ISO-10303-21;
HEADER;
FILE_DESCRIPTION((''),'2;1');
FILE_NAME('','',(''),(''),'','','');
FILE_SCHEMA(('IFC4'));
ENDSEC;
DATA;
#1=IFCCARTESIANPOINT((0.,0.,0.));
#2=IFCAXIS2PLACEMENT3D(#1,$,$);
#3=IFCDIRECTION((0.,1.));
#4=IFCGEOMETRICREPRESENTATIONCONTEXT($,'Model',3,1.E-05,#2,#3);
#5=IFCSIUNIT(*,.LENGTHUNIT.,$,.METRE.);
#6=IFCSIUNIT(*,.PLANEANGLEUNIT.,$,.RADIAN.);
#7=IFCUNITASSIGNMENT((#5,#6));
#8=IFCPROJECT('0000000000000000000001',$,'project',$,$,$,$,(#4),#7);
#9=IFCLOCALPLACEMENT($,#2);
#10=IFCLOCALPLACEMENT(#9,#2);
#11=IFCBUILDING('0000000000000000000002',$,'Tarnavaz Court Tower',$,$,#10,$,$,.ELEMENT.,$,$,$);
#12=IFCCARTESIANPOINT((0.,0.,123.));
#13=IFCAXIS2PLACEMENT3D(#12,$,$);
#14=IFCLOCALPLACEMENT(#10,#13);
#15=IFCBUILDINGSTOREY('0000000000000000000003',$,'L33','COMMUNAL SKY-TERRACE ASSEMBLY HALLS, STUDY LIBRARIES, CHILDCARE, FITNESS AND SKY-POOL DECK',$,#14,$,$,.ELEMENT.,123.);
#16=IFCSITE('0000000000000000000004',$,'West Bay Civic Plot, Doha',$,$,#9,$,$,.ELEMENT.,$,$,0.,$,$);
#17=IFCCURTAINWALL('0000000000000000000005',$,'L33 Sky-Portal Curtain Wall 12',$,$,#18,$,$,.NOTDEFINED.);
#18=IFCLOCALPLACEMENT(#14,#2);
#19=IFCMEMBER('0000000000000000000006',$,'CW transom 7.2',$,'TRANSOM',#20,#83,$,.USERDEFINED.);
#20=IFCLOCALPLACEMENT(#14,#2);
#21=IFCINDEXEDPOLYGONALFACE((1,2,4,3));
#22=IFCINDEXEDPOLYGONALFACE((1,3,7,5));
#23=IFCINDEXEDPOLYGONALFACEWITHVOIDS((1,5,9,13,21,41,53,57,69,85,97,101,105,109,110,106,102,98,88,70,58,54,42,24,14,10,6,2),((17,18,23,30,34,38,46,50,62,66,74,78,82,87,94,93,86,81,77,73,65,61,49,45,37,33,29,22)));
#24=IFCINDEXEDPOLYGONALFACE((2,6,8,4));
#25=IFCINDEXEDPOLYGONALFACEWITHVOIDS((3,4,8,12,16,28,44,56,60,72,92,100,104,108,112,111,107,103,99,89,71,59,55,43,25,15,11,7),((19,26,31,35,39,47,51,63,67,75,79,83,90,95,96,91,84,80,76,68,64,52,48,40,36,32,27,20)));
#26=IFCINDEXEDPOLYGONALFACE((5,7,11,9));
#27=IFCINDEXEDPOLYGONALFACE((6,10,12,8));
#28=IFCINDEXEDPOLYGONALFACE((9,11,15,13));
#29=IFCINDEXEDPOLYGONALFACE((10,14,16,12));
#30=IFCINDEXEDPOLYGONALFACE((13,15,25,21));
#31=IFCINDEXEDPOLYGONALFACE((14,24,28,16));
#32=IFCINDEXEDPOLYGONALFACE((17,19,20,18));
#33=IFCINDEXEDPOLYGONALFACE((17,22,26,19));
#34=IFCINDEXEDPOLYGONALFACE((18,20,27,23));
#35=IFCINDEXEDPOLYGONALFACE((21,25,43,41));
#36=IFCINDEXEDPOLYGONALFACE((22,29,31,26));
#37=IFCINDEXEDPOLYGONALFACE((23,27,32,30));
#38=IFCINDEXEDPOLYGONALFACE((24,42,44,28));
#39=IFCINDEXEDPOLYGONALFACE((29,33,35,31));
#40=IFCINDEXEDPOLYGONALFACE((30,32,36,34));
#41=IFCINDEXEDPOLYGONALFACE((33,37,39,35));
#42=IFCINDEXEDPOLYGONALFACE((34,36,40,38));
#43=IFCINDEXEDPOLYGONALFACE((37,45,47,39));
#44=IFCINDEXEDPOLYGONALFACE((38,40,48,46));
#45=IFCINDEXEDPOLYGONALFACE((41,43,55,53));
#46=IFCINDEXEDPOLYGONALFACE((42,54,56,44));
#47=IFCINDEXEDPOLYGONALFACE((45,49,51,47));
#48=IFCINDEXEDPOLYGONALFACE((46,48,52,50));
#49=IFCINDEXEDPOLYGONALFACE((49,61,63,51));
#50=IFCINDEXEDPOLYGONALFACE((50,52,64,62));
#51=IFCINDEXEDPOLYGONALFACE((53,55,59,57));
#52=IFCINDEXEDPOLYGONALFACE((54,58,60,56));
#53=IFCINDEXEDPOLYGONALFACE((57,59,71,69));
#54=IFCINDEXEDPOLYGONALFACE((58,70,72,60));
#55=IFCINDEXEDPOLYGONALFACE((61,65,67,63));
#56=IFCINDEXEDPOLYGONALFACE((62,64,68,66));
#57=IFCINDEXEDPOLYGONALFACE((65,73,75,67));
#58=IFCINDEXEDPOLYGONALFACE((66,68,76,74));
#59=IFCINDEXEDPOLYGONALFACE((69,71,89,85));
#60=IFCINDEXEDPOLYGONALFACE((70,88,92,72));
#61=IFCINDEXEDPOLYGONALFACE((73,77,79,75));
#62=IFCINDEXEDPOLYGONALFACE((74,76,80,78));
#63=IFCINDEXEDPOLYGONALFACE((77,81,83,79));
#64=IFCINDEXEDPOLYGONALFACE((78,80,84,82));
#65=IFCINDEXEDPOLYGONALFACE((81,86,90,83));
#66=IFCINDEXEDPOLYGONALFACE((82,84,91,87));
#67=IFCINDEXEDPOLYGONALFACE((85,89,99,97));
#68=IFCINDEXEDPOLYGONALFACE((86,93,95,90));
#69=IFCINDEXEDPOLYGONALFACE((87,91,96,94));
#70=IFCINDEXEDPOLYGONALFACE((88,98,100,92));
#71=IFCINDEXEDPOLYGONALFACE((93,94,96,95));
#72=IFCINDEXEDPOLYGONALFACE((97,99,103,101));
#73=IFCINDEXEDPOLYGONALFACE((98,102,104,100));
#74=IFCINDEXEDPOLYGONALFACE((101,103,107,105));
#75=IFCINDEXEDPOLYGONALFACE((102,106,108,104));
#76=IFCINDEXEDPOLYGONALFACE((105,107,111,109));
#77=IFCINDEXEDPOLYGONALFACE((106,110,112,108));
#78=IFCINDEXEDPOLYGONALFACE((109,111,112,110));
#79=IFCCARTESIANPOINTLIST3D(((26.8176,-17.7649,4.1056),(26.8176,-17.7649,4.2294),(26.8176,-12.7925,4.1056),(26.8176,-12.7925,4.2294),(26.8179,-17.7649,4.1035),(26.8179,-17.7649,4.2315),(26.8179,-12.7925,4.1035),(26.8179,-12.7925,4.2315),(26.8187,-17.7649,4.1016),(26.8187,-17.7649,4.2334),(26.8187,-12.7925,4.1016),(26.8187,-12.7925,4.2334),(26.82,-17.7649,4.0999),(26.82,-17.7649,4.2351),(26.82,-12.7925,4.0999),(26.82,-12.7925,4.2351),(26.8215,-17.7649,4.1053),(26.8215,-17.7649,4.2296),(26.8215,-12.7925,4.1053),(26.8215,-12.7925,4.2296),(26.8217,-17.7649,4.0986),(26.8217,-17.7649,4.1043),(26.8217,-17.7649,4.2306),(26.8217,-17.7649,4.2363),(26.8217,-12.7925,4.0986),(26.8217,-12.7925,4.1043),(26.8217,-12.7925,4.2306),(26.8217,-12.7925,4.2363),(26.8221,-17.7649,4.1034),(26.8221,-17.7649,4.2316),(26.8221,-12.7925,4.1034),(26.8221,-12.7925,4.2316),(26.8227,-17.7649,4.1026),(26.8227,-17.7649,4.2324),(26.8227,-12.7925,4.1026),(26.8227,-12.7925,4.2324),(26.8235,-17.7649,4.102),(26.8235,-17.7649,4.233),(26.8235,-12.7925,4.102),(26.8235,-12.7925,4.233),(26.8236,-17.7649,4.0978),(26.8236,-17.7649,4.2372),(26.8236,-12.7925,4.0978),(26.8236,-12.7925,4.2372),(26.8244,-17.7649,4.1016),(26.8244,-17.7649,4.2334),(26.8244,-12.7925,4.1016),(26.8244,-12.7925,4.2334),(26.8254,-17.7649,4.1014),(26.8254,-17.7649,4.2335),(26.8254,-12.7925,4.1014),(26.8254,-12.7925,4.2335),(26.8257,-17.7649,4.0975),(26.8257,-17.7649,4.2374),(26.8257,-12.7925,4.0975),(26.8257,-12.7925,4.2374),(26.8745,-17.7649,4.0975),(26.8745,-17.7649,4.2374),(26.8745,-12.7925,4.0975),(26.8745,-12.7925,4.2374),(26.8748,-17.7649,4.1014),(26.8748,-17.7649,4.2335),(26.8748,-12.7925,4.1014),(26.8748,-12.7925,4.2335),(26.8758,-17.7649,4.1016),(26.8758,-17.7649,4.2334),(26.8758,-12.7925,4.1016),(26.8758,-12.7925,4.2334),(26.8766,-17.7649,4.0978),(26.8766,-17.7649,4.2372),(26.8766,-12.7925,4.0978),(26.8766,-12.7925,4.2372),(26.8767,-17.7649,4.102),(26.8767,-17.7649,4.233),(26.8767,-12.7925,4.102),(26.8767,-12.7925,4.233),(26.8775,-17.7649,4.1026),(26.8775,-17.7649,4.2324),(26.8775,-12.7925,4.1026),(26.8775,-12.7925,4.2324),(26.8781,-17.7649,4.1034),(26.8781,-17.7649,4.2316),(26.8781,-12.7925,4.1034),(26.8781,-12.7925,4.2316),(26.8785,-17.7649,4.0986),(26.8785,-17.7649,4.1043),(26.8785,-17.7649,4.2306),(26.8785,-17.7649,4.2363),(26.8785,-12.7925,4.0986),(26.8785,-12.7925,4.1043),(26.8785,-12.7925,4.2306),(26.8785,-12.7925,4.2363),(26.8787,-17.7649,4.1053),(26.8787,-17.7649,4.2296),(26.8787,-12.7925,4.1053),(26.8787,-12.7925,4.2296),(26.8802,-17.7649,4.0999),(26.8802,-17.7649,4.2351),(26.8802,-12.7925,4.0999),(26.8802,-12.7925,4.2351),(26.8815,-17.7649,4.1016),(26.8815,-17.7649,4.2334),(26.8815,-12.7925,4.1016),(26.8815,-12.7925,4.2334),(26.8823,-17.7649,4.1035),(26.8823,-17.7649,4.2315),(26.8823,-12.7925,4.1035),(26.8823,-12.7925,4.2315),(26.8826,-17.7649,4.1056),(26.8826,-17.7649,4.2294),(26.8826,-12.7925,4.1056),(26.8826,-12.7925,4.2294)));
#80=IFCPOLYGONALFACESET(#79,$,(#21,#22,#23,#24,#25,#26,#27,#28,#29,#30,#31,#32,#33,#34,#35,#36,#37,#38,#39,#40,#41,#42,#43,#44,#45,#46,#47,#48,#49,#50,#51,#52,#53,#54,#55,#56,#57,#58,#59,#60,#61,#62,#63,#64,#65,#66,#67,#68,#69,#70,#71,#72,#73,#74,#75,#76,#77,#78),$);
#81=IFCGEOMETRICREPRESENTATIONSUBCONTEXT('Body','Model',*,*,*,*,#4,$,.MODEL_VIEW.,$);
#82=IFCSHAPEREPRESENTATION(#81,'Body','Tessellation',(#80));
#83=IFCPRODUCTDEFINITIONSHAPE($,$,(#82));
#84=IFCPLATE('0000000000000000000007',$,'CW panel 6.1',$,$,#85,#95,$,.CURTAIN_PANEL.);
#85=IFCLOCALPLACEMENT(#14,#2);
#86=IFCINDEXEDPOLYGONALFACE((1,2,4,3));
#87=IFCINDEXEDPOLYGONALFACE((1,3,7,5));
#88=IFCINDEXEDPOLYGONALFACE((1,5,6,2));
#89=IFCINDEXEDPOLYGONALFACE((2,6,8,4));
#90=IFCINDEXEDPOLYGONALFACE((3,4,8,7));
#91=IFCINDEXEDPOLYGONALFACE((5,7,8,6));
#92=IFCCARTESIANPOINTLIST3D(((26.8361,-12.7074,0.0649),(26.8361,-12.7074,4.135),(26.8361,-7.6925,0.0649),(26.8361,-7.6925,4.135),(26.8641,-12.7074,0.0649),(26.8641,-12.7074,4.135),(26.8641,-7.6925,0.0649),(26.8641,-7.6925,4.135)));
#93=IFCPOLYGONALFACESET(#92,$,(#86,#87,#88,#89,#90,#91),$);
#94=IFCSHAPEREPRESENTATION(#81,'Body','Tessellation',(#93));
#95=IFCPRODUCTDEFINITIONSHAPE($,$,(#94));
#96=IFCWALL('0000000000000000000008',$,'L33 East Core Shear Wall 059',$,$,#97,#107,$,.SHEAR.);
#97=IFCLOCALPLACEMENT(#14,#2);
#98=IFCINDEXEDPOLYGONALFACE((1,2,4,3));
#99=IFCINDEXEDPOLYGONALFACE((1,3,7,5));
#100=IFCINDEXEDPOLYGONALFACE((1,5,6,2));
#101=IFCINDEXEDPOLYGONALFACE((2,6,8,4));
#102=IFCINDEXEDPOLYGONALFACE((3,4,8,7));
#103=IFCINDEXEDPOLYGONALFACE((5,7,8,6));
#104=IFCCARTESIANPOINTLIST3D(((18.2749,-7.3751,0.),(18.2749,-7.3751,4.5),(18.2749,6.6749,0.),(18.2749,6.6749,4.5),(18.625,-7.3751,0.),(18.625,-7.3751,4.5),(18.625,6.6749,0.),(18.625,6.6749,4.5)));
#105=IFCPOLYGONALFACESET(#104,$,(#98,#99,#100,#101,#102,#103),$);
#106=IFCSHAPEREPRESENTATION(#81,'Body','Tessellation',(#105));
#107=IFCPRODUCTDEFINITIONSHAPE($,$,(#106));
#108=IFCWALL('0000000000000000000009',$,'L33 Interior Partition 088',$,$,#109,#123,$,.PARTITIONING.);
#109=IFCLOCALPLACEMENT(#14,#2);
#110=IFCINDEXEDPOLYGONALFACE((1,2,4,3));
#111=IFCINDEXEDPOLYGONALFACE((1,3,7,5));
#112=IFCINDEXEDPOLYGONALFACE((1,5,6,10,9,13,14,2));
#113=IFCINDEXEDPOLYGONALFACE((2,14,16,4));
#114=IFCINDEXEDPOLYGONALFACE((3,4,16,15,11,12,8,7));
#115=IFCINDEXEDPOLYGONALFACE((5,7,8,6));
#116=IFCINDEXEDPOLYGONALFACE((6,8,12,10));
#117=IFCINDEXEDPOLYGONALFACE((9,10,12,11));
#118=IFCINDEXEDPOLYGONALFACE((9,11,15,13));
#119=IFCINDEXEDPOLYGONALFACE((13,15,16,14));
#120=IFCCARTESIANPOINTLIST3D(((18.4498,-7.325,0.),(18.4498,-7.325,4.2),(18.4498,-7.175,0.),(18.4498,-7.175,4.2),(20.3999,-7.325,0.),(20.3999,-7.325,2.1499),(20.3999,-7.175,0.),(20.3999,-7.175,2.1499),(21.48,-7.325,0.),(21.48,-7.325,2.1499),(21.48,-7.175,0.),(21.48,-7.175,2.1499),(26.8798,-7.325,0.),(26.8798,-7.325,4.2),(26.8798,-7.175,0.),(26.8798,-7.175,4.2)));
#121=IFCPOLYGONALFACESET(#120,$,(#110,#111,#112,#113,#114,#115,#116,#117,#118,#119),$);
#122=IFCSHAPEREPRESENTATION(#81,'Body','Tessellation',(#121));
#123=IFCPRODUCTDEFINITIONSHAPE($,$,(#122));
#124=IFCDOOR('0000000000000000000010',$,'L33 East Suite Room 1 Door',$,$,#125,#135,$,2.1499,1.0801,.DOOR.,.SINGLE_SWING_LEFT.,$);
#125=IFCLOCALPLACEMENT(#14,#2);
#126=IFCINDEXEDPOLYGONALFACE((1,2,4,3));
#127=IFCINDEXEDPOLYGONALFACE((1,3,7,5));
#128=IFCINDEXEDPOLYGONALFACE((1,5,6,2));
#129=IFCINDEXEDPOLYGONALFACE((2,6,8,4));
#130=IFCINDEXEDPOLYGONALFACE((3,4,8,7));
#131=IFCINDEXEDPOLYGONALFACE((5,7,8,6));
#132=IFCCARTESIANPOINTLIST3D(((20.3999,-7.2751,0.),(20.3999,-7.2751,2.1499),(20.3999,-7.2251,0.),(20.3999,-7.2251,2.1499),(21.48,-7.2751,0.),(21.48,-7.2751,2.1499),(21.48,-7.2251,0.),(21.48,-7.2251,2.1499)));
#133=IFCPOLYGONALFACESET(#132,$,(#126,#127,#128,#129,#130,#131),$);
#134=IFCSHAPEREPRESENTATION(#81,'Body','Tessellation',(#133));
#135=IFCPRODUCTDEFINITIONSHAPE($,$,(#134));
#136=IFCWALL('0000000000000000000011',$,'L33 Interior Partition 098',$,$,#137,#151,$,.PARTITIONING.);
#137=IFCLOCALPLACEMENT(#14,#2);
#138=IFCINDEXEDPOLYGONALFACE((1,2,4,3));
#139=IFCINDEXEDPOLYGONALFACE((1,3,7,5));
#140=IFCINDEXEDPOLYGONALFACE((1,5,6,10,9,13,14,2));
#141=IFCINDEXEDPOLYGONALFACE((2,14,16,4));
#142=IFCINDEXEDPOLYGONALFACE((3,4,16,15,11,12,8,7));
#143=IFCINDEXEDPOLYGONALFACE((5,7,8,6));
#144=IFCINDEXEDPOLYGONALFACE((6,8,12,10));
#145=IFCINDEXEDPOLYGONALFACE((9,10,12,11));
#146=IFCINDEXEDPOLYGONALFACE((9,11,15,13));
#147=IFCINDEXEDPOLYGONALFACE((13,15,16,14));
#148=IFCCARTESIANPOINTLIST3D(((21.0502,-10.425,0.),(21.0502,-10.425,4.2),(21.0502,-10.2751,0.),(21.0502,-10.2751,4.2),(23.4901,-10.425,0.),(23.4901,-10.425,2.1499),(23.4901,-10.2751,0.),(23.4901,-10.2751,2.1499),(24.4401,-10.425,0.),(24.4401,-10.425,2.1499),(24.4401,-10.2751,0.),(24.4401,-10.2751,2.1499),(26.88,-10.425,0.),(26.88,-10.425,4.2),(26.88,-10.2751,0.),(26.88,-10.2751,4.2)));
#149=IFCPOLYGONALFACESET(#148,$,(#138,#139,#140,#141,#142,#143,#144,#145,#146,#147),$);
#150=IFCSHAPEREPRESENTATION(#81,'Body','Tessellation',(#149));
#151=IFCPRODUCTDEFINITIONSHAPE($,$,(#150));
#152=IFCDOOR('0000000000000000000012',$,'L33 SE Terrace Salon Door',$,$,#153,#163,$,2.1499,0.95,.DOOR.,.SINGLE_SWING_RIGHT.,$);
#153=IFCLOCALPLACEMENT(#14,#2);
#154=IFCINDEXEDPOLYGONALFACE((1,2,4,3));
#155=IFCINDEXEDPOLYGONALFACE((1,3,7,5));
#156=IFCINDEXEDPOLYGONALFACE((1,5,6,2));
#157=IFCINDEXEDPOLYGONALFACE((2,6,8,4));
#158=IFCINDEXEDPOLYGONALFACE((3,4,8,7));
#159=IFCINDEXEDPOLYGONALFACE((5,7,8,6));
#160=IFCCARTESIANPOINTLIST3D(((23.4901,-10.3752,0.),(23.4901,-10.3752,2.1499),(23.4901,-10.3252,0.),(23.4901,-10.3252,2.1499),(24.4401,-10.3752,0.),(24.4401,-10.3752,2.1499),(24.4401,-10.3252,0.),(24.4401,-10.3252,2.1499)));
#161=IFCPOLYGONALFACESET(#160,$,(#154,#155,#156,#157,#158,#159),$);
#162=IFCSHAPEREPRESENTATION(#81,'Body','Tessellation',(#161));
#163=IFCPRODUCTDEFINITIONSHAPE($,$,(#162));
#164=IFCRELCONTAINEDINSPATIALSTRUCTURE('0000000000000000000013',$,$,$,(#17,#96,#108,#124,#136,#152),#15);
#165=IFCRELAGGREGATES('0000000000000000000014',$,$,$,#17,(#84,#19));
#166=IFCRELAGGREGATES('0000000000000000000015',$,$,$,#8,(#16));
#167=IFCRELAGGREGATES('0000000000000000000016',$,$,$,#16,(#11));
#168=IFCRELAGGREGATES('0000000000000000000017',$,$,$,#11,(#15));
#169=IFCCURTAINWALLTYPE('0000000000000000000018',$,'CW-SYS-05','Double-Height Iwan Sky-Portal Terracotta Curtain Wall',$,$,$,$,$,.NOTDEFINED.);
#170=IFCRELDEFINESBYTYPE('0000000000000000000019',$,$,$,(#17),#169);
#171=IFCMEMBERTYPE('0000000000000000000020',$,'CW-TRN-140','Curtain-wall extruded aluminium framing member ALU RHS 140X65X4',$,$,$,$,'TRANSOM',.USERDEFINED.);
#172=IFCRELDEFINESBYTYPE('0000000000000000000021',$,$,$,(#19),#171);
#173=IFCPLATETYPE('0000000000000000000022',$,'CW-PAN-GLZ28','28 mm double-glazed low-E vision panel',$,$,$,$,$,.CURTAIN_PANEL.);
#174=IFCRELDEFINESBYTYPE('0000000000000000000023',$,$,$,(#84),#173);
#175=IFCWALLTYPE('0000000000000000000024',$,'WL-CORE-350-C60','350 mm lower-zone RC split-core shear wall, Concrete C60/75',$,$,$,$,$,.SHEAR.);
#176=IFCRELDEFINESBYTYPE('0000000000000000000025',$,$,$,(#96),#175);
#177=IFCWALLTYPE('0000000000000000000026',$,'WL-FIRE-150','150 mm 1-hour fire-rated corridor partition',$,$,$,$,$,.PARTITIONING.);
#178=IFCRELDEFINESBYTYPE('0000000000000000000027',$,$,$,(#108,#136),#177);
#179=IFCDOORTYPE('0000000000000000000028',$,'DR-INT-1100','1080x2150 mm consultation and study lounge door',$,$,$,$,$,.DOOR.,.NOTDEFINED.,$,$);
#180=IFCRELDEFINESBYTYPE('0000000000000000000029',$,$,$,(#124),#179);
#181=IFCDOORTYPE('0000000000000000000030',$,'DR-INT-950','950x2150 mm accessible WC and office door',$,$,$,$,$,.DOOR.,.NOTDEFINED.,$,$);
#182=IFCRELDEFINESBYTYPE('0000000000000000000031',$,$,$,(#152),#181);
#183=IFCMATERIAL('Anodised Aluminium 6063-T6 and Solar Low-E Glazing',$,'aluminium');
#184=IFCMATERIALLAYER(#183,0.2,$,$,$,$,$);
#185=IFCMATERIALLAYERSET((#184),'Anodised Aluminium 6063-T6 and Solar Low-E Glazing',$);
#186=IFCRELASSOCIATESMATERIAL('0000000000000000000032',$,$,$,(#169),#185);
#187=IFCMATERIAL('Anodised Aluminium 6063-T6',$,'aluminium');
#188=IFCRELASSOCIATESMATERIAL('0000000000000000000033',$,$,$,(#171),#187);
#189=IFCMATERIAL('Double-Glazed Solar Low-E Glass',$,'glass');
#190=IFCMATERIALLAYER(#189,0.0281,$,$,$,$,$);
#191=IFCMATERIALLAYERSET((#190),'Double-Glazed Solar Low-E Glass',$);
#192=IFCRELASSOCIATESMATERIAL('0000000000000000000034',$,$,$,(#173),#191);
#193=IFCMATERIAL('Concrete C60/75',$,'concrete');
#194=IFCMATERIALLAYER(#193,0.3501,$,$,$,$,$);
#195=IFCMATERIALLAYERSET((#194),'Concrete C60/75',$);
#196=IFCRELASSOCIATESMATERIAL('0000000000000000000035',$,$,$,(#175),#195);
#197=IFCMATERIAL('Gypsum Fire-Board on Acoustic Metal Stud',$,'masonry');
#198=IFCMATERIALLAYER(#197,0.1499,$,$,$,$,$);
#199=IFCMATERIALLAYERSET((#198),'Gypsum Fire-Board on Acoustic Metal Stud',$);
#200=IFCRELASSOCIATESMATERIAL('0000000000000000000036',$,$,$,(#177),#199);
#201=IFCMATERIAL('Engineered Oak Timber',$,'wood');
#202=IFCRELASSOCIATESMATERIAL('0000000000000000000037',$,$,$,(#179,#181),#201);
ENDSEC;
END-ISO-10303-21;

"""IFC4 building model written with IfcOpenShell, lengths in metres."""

from ifc_helpers import new_model, si_unit, direction, frame, frame_2d, origin, origin_2d, place, context, subcontext, project, spatial, rectangle, hollow_rectangle, extrude, material, layer, layer_set, material_profile, profile_set, type_object, element, fill, aggregate, save


model = new_model("IFC4")

# Units and contexts
model_context = context("Model", 3, precision=1e-05, world=origin(), true_north=direction((0.0, 1.0)))
body_context = subcontext(model_context, "Body", "Model", "MODEL_VIEW")
ifc_project = project(units=[si_unit("LENGTHUNIT", "METRE"), si_unit("PLANEANGLEUNIT", "RADIAN")], contexts=[model_context])

# Site, building, storey
site_placement = place(None, origin())
site = spatial("IfcSite", under=ifc_project, at=site_placement, Name="West Bay Civic Plot, Doha", CompositionType="ELEMENT", RefElevation=0.0)
building_placement = place(site_placement, origin())
building = spatial("IfcBuilding", under=site, at=building_placement, Name="Tarnavaz Court Tower", CompositionType="ELEMENT")
storey_placement = place(building_placement, frame((0.0, 0.0, 123.0)))
storey = spatial("IfcBuildingStorey", under=building, at=storey_placement, Name="L33", Description="COMMUNAL SKY-TERRACE ASSEMBLY HALLS, STUDY LIBRARIES, CHILDCARE, FITNESS AND SKY-POOL DECK", CompositionType="ELEMENT", Elevation=123.0)

# Curtain wall, member, plate
ifc_material_1 = material(Name="Anodised Aluminium 6063-T6 and Solar Low-E Glazing", Category="aluminium")
ifc_layer_1 = layer(ifc_material_1, 0.2)
ifc_layer_set_1 = layer_set([ifc_layer_1], Name="Anodised Aluminium 6063-T6 and Solar Low-E Glazing")
curtain_wall_type = type_object("IfcCurtainWallType", Name="CW-SYS-05", Description="Double-Height Iwan Sky-Portal Terracotta Curtain Wall", PredefinedType="NOTDEFINED", material=ifc_layer_set_1)
curtain_wall_placement = place(storey_placement, origin())
curtain_wall = element("IfcCurtainWall", 1, at=curtain_wall_placement, inside=storey, type_object=curtain_wall_type, Name="L33 Sky-Portal Curtain Wall 12", PredefinedType="NOTDEFINED")
ifc_material_2 = material(Name="Anodised Aluminium 6063-T6", Category="aluminium")
ifc_material_profile_1 = material_profile(ifc_material_2, hollow_rectangle(XDim=0.0649, YDim=0.1399, WallThickness=0.0039, InnerFilletRadius=0.0039, OuterFilletRadius=0.0081, at=origin_2d()), Name="ALU RHS 140X65X4")
ifc_profile_set_1 = profile_set([ifc_material_profile_1], Name="Anodised Aluminium 6063-T6")
member_type_1 = type_object("IfcMemberType", Name="CW-TRN-140", Description="Curtain-wall extruded aluminium framing member ALU RHS 140X65X4", ElementType="TRANSOM", PredefinedType="USERDEFINED", material=ifc_profile_set_1)
member_1_placement = place(storey_placement, frame((26.8501, -12.7925, 4.1675), z_axis=(0.0, -1.0, 0.0), x_axis=(1.0, 0.0, 0.0)))
member_1 = element("IfcMember", 2, at=member_1_placement, type_object=member_type_1, Name="CW transom 7.2", ObjectType="TRANSOM", PredefinedType="USERDEFINED", context=body_context, shape_type="SweptSolid", body=[
    extrude(hollow_rectangle(XDim=0.0649, YDim=0.1399, WallThickness=0.0039, InnerFilletRadius=0.0039, OuterFilletRadius=0.0081, at=origin_2d()), origin(), (0.0, 0.0, 1.0), 4.9724),
])
ifc_material_3 = material(Name="Double-Glazed Solar Low-E Glass", Category="glass")
ifc_layer_2 = layer(ifc_material_3, 0.0281)
ifc_layer_set_2 = layer_set([ifc_layer_2], Name="Double-Glazed Solar Low-E Glass")
plate_type = type_object("IfcPlateType", Name="CW-PAN-GLZ28", Description="28 mm double-glazed low-E vision panel", PredefinedType="CURTAIN_PANEL", material=ifc_layer_set_2)
plate_placement = place(storey_placement, frame((26.8501, -10.2, 0.0649), z_axis=(0.0, 0.0, 1.0), x_axis=(0.0, -1.0, 0.0)))
plate = element("IfcPlate", 3, at=plate_placement, type_object=plate_type, Name="CW panel 6.1", PredefinedType="CURTAIN_PANEL", context=body_context, shape_type="SweptSolid", body=[
    extrude(rectangle(XDim=5.0149, YDim=0.0281, at=origin_2d()), origin(), (0.0, 0.0, 1.0), 4.0701),
])
aggregate(curtain_wall, [plate, member_1])

# Wall
ifc_material_4 = material(Name="Concrete C60/75", Category="concrete")
ifc_layer_3 = layer(ifc_material_4, 0.3501)
ifc_layer_set_3 = layer_set([ifc_layer_3], Name="Concrete C60/75")
wall_type_1 = type_object("IfcWallType", Name="WL-CORE-350-C60", Description="350 mm lower-zone RC split-core shear wall, Concrete C60/75", PredefinedType="SHEAR", material=ifc_layer_set_3)
wall_1_placement = place(storey_placement, frame((18.45, -7.375, 0.0), z_axis=(0.0, 0.0, 1.0), x_axis=(0.0, 1.0, 0.0)))
element("IfcWall", 4, at=wall_1_placement, inside=storey, type_object=wall_type_1, Name="L33 East Core Shear Wall 059", PredefinedType="SHEAR", context=body_context, shape_type="SweptSolid", body=[
    extrude(rectangle(XDim=14.05, YDim=0.3501, at=frame_2d((7.0249, 0.0))), origin(), (0.0, 0.0, 1.0), 4.5),
])

# Walls, openings, doors
ifc_material_5 = material(Name="Gypsum Fire-Board on Acoustic Metal Stud", Category="masonry")
ifc_layer_4 = layer(ifc_material_5, 0.1499)
ifc_layer_set_4 = layer_set([ifc_layer_4], Name="Gypsum Fire-Board on Acoustic Metal Stud")
wall_type_2 = type_object("IfcWallType", Name="WL-FIRE-150", Description="150 mm 1-hour fire-rated corridor partition", PredefinedType="PARTITIONING", material=ifc_layer_set_4)
wall_2_placement = place(storey_placement, frame((18.45, -7.25, 0.0), z_axis=(0.0, 0.0, 1.0), x_axis=(1.0, 0.0, 0.0)))
wall_2 = element("IfcWall", 5, at=wall_2_placement, inside=storey, type_object=wall_type_2, Name="L33 Interior Partition 088", PredefinedType="PARTITIONING", context=body_context, shape_type="SweptSolid", body=[
    extrude(rectangle(XDim=8.4299, YDim=0.1499, at=frame_2d((4.2148, 0.0))), origin(), (0.0, 0.0, 1.0), 4.2),
])
opening_1_placement = place(wall_2_placement, frame((1.95, 0.0, 0.0)))
opening_1 = element("IfcOpeningElement", 6, at=opening_1_placement, cuts=wall_2, PredefinedType="OPENING", context=body_context, shape_type="SweptSolid", body=[
    extrude(rectangle(XDim=1.0801, YDim=2.1499, at=frame_2d((0.54, 1.075))), frame((0.0, 0.085, 0.0), z_axis=(0.0, -1.0, 0.0), x_axis=(1.0, 0.0, 0.0)), (0.0, 0.0, 1.0), 0.1699),
])
ifc_material_6 = material(Name="Engineered Oak Timber", Category="wood")
door_type_1 = type_object("IfcDoorType", Name="DR-INT-1100", Description="1080x2150 mm consultation and study lounge door", OperationType="NOTDEFINED", PredefinedType="DOOR", material=ifc_material_6)
door_1_placement = place(opening_1_placement, origin())
door_1 = element("IfcDoor", 7, at=door_1_placement, inside=storey, type_object=door_type_1, Name="L33 East Suite Room 1 Door", OperationType="SINGLE_SWING_LEFT", OverallHeight=2.1499, OverallWidth=1.0801, PredefinedType="DOOR", context=body_context, shape_type="SweptSolid", body=[
    extrude(rectangle(XDim=1.0801, YDim=2.1499, at=frame_2d((0.54, 1.075))), frame((0.0, 0.0249, 0.0), z_axis=(0.0, -1.0, 0.0), x_axis=(1.0, 0.0, 0.0)), (0.0, 0.0, 1.0), 0.05),
])
fill(opening_1, door_1)
wall_3_placement = place(storey_placement, frame((21.05, -10.3501, 0.0), z_axis=(0.0, 0.0, 1.0), x_axis=(1.0, 0.0, 0.0)))
wall_3 = element("IfcWall", 8, at=wall_3_placement, inside=storey, type_object=wall_type_2, Name="L33 Interior Partition 098", PredefinedType="PARTITIONING", context=body_context, shape_type="SweptSolid", body=[
    extrude(rectangle(XDim=5.8298, YDim=0.1499, at=frame_2d((2.915, 0.0))), origin(), (0.0, 0.0, 1.0), 4.2),
])
opening_2_placement = place(wall_3_placement, frame((2.4399, 0.0, 0.0)))
opening_2 = element("IfcOpeningElement", 9, at=opening_2_placement, cuts=wall_3, PredefinedType="OPENING", context=body_context, shape_type="SweptSolid", body=[
    extrude(rectangle(XDim=0.95, YDim=2.1499, at=frame_2d((0.4751, 1.075))), frame((0.0, 0.085, 0.0), z_axis=(0.0, -1.0, 0.0), x_axis=(1.0, 0.0, 0.0)), (0.0, 0.0, 1.0), 0.1699),
])
door_type_2 = type_object("IfcDoorType", Name="DR-INT-950", Description="950x2150 mm accessible WC and office door", OperationType="NOTDEFINED", PredefinedType="DOOR", material=ifc_material_6)
door_2_placement = place(opening_2_placement, origin())
door_2 = element("IfcDoor", 10, at=door_2_placement, inside=storey, type_object=door_type_2, Name="L33 SE Terrace Salon Door", OperationType="SINGLE_SWING_RIGHT", OverallHeight=2.1499, OverallWidth=0.95, PredefinedType="DOOR", context=body_context, shape_type="SweptSolid", body=[
    extrude(rectangle(XDim=0.95, YDim=2.1499, at=frame_2d((0.4751, 1.075))), frame((0.0, 0.0249, 0.0), z_axis=(0.0, -1.0, 0.0), x_axis=(1.0, 0.0, 0.0)), (0.0, 0.0, 1.0), 0.05),
])
fill(opening_2, door_2)

save(model, "model.ifc")
